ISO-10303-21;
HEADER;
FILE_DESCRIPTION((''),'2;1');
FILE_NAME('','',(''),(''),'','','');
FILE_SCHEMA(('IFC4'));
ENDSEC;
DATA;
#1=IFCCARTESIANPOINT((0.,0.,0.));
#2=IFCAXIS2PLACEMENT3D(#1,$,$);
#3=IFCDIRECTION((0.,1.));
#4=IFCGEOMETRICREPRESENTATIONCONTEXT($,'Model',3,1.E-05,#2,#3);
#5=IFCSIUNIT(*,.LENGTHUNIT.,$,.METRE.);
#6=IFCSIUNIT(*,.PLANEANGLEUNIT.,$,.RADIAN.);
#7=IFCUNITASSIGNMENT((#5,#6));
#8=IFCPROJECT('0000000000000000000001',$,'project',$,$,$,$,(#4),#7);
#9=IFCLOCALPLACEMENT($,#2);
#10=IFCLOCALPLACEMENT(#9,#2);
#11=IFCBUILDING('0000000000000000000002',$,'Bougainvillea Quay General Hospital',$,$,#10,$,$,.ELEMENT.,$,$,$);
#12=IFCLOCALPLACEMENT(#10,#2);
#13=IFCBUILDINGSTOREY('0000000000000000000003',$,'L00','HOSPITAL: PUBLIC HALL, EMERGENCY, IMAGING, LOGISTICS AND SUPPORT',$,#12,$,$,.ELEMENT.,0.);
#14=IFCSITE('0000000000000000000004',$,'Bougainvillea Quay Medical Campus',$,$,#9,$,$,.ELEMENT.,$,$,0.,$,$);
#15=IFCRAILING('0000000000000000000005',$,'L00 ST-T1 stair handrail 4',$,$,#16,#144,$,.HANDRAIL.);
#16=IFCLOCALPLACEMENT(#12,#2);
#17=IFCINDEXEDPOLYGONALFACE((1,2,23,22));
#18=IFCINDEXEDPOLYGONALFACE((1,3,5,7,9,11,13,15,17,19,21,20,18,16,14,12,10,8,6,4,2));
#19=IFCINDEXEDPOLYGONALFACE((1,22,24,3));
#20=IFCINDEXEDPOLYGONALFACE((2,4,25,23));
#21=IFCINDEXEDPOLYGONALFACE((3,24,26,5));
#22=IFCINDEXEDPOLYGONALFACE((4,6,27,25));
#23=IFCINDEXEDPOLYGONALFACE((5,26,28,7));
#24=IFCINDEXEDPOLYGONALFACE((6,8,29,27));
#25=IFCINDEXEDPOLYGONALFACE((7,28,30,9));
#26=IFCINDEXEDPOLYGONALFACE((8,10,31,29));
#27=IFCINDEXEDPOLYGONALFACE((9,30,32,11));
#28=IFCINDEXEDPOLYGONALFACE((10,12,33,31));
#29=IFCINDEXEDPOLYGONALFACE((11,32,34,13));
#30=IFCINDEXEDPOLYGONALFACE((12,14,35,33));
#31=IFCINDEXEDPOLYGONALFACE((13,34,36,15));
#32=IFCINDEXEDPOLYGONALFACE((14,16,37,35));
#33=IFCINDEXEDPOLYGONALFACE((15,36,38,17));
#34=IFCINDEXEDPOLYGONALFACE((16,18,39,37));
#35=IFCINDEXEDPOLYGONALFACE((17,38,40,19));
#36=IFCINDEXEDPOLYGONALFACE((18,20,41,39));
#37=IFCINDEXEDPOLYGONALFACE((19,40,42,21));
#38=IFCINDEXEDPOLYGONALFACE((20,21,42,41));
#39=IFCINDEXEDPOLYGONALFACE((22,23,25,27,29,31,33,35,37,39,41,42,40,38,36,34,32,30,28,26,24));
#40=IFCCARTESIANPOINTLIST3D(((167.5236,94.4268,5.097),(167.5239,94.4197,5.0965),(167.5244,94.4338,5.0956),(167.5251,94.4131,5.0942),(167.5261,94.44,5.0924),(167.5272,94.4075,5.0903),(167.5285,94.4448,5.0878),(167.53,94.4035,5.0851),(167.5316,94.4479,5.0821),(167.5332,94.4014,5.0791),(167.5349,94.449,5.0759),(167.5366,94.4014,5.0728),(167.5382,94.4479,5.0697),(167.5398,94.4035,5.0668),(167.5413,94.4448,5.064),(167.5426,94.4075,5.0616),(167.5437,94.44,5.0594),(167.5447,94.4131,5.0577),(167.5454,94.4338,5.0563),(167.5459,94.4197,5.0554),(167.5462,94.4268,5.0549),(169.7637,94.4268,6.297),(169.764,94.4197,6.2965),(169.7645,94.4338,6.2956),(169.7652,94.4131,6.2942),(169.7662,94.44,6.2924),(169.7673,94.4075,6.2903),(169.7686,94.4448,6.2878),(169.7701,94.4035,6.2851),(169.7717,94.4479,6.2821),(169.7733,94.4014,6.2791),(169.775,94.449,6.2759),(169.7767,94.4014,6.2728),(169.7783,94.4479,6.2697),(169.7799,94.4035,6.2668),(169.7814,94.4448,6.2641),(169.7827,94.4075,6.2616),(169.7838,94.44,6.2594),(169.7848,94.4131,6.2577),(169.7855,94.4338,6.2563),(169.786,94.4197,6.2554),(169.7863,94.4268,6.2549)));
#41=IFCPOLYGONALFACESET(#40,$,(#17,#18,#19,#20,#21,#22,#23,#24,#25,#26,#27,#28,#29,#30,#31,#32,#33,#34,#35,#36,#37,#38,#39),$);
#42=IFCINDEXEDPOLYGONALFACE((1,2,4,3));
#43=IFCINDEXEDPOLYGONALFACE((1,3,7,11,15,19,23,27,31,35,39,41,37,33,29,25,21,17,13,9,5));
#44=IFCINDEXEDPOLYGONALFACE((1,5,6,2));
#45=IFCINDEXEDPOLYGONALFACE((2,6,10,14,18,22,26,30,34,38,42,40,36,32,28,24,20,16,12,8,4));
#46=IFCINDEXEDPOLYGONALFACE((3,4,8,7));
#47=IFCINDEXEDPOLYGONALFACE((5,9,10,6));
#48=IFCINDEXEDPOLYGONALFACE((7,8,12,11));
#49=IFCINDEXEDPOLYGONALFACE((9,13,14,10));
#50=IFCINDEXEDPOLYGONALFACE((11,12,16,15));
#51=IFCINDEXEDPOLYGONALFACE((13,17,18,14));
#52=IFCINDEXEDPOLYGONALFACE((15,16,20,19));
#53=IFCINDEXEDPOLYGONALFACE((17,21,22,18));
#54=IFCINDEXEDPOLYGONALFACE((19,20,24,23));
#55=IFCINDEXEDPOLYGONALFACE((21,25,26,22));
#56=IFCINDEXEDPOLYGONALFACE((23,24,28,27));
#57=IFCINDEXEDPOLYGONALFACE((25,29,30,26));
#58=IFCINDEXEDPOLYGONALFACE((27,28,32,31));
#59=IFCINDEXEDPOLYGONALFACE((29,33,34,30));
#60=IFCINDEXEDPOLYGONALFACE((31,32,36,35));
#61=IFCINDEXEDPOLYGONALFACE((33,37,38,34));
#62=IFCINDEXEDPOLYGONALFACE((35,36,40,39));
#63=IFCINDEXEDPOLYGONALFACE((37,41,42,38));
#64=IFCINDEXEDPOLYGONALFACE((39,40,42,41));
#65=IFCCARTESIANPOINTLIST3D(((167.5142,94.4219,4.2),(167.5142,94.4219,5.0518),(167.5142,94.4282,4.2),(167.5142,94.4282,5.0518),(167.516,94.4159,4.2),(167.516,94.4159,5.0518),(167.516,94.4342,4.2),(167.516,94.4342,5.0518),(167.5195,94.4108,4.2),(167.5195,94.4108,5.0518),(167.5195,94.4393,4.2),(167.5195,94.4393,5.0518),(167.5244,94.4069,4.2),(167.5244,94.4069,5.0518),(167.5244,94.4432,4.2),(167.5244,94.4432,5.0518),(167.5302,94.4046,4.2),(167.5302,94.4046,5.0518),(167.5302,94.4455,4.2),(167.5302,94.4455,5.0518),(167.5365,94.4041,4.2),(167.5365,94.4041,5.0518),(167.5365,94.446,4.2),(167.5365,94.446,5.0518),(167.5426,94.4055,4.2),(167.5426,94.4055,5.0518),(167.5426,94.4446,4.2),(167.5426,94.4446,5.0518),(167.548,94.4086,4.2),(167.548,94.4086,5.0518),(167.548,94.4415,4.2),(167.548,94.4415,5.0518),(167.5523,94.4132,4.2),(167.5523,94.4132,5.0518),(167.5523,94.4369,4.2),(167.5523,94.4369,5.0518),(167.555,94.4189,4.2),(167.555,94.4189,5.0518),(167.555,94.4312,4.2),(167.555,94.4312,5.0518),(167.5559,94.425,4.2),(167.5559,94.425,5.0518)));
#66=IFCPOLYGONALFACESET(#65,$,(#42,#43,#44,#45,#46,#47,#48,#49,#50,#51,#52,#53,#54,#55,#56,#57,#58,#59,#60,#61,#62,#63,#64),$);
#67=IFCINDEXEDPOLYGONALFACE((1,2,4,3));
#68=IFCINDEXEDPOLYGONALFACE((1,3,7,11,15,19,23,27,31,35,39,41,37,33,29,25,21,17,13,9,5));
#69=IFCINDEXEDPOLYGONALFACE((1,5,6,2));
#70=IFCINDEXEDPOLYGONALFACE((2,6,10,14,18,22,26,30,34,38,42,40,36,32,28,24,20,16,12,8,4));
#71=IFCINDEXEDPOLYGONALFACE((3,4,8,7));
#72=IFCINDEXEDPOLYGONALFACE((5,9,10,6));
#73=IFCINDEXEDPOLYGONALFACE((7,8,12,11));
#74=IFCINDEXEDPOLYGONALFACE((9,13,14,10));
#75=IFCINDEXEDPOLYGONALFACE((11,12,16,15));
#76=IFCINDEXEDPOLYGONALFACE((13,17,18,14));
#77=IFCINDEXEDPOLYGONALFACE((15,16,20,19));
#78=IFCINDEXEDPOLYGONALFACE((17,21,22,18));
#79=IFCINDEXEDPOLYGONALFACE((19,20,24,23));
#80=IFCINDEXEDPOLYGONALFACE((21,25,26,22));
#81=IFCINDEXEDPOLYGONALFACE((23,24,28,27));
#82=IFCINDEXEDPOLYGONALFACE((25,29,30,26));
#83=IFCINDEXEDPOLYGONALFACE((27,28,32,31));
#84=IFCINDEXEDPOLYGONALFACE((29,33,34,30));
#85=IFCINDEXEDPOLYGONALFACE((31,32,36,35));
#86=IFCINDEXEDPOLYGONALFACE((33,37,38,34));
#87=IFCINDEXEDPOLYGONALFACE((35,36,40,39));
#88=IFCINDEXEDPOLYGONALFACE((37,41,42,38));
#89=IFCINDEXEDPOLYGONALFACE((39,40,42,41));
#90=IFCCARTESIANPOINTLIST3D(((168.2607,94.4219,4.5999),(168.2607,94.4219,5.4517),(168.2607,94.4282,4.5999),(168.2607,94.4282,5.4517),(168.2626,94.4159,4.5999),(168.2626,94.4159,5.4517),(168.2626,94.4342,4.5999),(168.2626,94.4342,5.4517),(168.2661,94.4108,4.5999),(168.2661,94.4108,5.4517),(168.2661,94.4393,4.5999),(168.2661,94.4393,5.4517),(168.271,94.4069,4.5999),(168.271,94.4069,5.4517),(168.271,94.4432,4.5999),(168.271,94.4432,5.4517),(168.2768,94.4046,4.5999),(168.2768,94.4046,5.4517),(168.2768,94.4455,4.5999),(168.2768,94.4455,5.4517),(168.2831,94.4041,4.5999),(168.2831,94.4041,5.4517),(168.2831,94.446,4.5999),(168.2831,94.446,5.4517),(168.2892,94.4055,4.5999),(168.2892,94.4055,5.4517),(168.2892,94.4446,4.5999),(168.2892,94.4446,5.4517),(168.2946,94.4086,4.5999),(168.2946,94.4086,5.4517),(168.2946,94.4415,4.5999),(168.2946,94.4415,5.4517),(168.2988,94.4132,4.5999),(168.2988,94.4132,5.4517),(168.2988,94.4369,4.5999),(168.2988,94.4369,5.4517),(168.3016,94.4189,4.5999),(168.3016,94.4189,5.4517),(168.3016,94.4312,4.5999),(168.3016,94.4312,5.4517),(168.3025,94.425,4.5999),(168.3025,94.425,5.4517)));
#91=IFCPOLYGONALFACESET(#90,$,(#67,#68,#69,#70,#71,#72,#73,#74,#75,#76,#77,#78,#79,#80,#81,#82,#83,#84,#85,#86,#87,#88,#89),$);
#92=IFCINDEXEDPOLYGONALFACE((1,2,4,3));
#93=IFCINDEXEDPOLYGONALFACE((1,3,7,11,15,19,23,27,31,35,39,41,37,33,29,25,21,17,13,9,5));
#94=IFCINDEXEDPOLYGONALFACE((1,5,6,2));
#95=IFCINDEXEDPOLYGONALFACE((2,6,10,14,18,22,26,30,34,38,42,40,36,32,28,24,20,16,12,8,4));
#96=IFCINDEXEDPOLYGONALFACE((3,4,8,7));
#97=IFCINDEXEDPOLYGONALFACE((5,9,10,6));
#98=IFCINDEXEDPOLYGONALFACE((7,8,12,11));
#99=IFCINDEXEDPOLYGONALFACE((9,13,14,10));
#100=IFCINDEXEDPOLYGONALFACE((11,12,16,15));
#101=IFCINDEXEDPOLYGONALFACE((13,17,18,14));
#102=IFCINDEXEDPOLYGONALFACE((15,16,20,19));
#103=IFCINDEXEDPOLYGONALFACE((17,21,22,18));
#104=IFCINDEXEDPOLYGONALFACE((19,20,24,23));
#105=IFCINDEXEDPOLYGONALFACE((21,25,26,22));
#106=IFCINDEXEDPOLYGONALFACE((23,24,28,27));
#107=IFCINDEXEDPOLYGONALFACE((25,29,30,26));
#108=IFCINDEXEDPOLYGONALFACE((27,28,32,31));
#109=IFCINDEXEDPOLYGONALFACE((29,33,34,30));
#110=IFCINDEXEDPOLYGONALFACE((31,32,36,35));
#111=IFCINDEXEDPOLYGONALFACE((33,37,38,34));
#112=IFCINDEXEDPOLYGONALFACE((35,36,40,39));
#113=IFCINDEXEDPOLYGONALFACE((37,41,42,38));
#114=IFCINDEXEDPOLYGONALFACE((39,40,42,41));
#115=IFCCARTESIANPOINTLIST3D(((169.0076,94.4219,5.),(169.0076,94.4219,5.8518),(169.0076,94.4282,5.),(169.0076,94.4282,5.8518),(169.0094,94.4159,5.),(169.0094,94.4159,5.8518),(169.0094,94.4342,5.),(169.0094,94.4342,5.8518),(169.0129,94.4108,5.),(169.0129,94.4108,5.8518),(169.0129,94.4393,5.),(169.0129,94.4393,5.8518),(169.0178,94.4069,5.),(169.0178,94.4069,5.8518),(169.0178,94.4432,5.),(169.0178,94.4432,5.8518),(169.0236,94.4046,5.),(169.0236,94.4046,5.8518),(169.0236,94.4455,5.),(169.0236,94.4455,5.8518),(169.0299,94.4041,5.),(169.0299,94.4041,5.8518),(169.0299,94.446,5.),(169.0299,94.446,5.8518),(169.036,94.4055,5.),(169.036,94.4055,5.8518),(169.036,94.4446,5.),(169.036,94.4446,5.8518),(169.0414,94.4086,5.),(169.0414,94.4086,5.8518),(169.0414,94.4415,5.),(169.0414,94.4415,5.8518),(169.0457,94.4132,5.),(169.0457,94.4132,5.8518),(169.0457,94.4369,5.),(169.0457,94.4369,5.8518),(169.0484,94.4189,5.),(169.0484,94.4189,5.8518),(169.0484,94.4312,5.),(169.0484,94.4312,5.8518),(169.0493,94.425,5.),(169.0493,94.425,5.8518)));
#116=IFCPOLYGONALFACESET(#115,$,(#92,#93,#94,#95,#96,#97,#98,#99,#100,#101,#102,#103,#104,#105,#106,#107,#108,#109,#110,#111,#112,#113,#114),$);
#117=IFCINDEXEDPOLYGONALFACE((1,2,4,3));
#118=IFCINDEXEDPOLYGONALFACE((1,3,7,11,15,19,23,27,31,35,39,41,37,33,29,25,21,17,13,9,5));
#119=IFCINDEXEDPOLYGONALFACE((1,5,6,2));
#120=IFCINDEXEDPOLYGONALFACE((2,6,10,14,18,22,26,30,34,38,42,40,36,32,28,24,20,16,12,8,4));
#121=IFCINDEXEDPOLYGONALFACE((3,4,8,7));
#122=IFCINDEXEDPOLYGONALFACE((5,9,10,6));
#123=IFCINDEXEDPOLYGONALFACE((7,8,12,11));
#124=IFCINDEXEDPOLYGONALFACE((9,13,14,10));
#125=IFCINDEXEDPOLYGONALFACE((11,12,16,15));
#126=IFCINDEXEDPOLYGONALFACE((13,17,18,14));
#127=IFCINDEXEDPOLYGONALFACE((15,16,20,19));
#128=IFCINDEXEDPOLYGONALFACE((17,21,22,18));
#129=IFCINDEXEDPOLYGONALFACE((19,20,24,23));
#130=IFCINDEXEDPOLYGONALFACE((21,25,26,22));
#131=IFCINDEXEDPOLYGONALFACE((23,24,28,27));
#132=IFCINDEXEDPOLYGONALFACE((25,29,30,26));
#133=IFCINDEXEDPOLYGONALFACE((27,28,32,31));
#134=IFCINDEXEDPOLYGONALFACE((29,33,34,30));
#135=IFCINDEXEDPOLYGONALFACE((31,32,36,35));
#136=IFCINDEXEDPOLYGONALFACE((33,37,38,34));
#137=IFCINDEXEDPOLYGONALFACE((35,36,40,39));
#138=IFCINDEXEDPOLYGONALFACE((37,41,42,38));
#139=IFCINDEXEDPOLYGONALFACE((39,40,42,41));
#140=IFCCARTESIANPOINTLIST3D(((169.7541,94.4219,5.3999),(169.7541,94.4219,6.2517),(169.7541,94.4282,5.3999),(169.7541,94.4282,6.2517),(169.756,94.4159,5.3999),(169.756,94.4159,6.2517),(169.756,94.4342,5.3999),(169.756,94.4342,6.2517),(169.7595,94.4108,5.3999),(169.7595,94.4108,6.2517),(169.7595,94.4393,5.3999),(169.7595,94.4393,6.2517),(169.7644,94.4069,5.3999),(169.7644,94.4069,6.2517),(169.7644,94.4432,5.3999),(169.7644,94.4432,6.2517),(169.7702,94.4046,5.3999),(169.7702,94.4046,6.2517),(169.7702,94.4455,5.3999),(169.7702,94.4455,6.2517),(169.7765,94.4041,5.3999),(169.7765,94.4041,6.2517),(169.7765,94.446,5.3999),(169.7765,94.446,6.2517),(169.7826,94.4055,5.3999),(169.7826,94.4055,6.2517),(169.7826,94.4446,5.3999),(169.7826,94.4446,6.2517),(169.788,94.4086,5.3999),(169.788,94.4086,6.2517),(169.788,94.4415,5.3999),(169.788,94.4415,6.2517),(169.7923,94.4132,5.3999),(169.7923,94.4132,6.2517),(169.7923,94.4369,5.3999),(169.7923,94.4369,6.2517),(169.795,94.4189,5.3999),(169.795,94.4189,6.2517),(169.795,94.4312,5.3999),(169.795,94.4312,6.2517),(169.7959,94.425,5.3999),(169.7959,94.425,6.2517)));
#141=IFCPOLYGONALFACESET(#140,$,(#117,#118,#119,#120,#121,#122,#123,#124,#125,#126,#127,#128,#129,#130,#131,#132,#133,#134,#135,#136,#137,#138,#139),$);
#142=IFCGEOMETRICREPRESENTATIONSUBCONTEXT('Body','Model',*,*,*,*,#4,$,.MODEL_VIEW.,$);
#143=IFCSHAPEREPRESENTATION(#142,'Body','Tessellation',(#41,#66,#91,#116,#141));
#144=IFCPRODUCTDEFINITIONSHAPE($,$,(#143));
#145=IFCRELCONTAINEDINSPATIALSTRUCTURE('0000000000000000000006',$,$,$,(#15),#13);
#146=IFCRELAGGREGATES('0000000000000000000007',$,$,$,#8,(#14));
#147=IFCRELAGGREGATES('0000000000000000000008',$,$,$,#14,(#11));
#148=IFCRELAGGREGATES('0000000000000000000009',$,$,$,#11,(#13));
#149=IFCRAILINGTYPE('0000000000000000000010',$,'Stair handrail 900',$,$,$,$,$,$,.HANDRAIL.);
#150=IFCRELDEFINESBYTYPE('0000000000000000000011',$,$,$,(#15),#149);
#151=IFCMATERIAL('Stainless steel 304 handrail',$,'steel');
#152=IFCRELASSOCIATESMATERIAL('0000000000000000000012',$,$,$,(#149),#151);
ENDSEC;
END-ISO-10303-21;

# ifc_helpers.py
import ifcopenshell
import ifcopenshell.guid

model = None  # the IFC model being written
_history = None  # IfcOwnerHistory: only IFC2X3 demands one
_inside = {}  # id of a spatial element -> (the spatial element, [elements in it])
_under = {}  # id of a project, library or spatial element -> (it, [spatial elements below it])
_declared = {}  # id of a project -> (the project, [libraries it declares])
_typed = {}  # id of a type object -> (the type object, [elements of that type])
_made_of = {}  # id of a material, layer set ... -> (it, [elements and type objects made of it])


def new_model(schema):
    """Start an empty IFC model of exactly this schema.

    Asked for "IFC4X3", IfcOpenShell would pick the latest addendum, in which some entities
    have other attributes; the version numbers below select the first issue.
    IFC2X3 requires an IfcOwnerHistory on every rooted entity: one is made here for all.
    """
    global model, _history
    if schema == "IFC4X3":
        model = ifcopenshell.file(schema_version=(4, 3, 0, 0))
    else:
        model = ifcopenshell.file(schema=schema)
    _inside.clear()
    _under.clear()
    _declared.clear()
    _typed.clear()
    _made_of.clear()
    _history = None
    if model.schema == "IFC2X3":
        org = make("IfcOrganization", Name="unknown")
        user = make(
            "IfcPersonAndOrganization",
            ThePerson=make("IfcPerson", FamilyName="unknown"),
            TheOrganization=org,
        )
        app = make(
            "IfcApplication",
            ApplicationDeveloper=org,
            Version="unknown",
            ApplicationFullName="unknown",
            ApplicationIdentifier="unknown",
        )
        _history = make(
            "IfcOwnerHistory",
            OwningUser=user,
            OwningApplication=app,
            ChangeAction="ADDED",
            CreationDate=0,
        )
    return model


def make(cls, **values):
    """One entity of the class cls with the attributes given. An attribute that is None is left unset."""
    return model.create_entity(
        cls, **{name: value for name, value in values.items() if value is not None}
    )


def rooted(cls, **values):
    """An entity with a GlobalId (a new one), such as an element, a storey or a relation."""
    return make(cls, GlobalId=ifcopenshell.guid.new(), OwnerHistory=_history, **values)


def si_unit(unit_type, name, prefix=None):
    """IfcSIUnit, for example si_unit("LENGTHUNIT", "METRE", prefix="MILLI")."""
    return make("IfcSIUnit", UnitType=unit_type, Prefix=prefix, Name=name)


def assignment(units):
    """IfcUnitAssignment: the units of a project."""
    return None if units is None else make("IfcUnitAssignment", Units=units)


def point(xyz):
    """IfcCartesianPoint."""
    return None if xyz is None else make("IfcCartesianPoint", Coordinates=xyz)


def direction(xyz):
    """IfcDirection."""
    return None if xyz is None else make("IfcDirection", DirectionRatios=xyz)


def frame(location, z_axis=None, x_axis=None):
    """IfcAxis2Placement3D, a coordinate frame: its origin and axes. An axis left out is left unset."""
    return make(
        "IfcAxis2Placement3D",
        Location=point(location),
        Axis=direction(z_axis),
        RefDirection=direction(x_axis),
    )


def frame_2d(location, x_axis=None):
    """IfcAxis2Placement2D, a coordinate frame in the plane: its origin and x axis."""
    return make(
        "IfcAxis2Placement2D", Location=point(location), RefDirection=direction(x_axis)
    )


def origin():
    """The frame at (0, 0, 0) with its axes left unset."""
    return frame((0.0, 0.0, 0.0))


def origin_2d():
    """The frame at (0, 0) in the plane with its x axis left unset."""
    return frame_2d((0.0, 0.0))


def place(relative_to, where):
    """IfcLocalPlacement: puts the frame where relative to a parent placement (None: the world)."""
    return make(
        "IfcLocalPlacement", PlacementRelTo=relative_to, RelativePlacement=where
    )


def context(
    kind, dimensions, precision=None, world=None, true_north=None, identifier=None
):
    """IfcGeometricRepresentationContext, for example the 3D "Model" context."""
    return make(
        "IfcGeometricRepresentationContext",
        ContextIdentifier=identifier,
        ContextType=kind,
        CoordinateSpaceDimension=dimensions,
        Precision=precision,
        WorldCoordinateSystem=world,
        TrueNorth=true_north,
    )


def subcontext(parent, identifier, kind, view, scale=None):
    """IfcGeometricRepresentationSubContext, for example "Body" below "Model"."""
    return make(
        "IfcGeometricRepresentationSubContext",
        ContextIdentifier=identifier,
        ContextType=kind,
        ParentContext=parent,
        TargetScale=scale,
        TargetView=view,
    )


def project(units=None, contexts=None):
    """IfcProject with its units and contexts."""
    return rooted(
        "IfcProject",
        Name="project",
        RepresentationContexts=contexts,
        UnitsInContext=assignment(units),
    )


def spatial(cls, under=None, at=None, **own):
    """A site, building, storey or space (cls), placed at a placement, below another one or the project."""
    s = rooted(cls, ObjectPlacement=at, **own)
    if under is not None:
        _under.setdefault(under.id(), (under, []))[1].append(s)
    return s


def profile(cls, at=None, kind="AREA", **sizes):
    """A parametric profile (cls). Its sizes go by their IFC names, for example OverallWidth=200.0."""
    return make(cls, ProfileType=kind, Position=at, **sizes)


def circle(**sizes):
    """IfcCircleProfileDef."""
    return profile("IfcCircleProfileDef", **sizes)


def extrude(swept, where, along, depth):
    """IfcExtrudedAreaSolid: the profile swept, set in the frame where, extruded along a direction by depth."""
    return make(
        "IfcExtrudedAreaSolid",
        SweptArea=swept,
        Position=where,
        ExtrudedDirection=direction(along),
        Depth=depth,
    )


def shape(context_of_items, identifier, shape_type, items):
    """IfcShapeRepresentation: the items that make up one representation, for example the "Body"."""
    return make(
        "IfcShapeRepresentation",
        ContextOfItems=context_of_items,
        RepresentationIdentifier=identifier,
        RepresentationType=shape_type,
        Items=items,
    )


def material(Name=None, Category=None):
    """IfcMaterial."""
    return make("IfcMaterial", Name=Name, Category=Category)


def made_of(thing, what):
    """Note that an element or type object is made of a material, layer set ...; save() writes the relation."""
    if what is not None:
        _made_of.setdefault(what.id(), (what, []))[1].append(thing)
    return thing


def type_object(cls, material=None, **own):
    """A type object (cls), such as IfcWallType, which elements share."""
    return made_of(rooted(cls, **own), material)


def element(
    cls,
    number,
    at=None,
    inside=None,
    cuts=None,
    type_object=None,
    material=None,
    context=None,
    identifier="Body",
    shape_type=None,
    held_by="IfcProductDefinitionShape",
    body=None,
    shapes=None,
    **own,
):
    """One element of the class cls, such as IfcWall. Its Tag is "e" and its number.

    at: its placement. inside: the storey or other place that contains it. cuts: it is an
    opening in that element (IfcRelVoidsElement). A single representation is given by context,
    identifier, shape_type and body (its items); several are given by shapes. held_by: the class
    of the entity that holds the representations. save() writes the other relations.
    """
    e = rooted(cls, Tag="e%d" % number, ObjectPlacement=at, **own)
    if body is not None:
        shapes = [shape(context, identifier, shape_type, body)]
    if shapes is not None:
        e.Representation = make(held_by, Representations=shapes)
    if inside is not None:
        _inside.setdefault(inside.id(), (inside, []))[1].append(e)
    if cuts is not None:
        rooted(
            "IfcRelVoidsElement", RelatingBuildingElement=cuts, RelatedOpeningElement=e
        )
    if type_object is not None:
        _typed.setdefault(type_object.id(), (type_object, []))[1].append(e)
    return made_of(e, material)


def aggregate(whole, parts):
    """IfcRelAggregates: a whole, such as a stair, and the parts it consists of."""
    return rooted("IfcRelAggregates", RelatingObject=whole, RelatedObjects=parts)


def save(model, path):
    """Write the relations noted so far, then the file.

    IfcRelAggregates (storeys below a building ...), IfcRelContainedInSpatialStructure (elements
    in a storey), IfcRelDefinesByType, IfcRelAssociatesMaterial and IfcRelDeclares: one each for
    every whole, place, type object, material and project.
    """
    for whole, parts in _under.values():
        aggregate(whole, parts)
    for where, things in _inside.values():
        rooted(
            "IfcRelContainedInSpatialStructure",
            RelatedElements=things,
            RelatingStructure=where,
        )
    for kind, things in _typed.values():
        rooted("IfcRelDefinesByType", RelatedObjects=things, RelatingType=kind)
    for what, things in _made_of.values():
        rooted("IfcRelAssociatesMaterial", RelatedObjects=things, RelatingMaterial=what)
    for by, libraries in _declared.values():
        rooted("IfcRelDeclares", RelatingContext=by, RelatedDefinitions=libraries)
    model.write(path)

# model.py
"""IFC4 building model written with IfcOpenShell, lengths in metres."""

from ifc_helpers import new_model, si_unit, direction, frame, origin, origin_2d, place, context, subcontext, project, spatial, circle, extrude, material, type_object, element, save


model = new_model("IFC4")

# Units and contexts
model_context = context("Model", 3, precision=1e-05, world=origin(), true_north=direction((0.0, 1.0)))
body_context = subcontext(model_context, "Body", "Model", "MODEL_VIEW")
ifc_project = project(units=[si_unit("LENGTHUNIT", "METRE"), si_unit("PLANEANGLEUNIT", "RADIAN")], contexts=[model_context])

# Site, building, storey
site_placement = place(None, origin())
site = spatial("IfcSite", under=ifc_project, at=site_placement, Name="Bougainvillea Quay Medical Campus", CompositionType="ELEMENT", RefElevation=0.0)
building_placement = place(site_placement, origin())
building = spatial("IfcBuilding", under=site, at=building_placement, Name="Bougainvillea Quay General Hospital", CompositionType="ELEMENT")
storey_placement = place(building_placement, origin())
storey = spatial("IfcBuildingStorey", under=building, at=storey_placement, Name="L00", Description="HOSPITAL: PUBLIC HALL, EMERGENCY, IMAGING, LOGISTICS AND SUPPORT", CompositionType="ELEMENT", Elevation=0.0)

# Railing
ifc_material_1 = material(Name="Stainless steel 304 handrail", Category="steel")
railing_type_1 = type_object("IfcRailingType", Name="Stair handrail 900", PredefinedType="HANDRAIL", material=ifc_material_1)
for number, where, name in (
    (1, (167.5349, 94.425, 4.2), "L00 ST-T1 stair handrail 4"),
):
    element("IfcRailing", number, at=place(storey_placement, frame(where)), inside=storey, type_object=railing_type_1, Name=name, PredefinedType="HANDRAIL", context=body_context, shape_type="SweptSolid", body=[
        extrude(circle(Radius=0.0239, at=origin_2d()), frame((0.0, 0.0, 0.876), z_axis=(0.881487, 0.0, 0.472208), x_axis=(0.0, 1.0, 0.0)), (0.0, 0.0, 1.0), 2.5413),
        extrude(circle(Radius=0.021, at=origin_2d()), origin(), (0.0, 0.0, 1.0), 0.8518),
        extrude(circle(Radius=0.021, at=origin_2d()), frame((0.7466, 0.0, 0.3999)), (0.0, 0.0, 1.0), 0.8518),
        extrude(circle(Radius=0.021, at=origin_2d()), frame((1.4934, 0.0, 0.8)), (0.0, 0.0, 1.0), 0.8518),
        extrude(circle(Radius=0.021, at=origin_2d()), frame((2.24, 0.0, 1.2)), (0.0, 0.0, 1.0), 0.8518),
    ])

save(model, "model.ifc")
